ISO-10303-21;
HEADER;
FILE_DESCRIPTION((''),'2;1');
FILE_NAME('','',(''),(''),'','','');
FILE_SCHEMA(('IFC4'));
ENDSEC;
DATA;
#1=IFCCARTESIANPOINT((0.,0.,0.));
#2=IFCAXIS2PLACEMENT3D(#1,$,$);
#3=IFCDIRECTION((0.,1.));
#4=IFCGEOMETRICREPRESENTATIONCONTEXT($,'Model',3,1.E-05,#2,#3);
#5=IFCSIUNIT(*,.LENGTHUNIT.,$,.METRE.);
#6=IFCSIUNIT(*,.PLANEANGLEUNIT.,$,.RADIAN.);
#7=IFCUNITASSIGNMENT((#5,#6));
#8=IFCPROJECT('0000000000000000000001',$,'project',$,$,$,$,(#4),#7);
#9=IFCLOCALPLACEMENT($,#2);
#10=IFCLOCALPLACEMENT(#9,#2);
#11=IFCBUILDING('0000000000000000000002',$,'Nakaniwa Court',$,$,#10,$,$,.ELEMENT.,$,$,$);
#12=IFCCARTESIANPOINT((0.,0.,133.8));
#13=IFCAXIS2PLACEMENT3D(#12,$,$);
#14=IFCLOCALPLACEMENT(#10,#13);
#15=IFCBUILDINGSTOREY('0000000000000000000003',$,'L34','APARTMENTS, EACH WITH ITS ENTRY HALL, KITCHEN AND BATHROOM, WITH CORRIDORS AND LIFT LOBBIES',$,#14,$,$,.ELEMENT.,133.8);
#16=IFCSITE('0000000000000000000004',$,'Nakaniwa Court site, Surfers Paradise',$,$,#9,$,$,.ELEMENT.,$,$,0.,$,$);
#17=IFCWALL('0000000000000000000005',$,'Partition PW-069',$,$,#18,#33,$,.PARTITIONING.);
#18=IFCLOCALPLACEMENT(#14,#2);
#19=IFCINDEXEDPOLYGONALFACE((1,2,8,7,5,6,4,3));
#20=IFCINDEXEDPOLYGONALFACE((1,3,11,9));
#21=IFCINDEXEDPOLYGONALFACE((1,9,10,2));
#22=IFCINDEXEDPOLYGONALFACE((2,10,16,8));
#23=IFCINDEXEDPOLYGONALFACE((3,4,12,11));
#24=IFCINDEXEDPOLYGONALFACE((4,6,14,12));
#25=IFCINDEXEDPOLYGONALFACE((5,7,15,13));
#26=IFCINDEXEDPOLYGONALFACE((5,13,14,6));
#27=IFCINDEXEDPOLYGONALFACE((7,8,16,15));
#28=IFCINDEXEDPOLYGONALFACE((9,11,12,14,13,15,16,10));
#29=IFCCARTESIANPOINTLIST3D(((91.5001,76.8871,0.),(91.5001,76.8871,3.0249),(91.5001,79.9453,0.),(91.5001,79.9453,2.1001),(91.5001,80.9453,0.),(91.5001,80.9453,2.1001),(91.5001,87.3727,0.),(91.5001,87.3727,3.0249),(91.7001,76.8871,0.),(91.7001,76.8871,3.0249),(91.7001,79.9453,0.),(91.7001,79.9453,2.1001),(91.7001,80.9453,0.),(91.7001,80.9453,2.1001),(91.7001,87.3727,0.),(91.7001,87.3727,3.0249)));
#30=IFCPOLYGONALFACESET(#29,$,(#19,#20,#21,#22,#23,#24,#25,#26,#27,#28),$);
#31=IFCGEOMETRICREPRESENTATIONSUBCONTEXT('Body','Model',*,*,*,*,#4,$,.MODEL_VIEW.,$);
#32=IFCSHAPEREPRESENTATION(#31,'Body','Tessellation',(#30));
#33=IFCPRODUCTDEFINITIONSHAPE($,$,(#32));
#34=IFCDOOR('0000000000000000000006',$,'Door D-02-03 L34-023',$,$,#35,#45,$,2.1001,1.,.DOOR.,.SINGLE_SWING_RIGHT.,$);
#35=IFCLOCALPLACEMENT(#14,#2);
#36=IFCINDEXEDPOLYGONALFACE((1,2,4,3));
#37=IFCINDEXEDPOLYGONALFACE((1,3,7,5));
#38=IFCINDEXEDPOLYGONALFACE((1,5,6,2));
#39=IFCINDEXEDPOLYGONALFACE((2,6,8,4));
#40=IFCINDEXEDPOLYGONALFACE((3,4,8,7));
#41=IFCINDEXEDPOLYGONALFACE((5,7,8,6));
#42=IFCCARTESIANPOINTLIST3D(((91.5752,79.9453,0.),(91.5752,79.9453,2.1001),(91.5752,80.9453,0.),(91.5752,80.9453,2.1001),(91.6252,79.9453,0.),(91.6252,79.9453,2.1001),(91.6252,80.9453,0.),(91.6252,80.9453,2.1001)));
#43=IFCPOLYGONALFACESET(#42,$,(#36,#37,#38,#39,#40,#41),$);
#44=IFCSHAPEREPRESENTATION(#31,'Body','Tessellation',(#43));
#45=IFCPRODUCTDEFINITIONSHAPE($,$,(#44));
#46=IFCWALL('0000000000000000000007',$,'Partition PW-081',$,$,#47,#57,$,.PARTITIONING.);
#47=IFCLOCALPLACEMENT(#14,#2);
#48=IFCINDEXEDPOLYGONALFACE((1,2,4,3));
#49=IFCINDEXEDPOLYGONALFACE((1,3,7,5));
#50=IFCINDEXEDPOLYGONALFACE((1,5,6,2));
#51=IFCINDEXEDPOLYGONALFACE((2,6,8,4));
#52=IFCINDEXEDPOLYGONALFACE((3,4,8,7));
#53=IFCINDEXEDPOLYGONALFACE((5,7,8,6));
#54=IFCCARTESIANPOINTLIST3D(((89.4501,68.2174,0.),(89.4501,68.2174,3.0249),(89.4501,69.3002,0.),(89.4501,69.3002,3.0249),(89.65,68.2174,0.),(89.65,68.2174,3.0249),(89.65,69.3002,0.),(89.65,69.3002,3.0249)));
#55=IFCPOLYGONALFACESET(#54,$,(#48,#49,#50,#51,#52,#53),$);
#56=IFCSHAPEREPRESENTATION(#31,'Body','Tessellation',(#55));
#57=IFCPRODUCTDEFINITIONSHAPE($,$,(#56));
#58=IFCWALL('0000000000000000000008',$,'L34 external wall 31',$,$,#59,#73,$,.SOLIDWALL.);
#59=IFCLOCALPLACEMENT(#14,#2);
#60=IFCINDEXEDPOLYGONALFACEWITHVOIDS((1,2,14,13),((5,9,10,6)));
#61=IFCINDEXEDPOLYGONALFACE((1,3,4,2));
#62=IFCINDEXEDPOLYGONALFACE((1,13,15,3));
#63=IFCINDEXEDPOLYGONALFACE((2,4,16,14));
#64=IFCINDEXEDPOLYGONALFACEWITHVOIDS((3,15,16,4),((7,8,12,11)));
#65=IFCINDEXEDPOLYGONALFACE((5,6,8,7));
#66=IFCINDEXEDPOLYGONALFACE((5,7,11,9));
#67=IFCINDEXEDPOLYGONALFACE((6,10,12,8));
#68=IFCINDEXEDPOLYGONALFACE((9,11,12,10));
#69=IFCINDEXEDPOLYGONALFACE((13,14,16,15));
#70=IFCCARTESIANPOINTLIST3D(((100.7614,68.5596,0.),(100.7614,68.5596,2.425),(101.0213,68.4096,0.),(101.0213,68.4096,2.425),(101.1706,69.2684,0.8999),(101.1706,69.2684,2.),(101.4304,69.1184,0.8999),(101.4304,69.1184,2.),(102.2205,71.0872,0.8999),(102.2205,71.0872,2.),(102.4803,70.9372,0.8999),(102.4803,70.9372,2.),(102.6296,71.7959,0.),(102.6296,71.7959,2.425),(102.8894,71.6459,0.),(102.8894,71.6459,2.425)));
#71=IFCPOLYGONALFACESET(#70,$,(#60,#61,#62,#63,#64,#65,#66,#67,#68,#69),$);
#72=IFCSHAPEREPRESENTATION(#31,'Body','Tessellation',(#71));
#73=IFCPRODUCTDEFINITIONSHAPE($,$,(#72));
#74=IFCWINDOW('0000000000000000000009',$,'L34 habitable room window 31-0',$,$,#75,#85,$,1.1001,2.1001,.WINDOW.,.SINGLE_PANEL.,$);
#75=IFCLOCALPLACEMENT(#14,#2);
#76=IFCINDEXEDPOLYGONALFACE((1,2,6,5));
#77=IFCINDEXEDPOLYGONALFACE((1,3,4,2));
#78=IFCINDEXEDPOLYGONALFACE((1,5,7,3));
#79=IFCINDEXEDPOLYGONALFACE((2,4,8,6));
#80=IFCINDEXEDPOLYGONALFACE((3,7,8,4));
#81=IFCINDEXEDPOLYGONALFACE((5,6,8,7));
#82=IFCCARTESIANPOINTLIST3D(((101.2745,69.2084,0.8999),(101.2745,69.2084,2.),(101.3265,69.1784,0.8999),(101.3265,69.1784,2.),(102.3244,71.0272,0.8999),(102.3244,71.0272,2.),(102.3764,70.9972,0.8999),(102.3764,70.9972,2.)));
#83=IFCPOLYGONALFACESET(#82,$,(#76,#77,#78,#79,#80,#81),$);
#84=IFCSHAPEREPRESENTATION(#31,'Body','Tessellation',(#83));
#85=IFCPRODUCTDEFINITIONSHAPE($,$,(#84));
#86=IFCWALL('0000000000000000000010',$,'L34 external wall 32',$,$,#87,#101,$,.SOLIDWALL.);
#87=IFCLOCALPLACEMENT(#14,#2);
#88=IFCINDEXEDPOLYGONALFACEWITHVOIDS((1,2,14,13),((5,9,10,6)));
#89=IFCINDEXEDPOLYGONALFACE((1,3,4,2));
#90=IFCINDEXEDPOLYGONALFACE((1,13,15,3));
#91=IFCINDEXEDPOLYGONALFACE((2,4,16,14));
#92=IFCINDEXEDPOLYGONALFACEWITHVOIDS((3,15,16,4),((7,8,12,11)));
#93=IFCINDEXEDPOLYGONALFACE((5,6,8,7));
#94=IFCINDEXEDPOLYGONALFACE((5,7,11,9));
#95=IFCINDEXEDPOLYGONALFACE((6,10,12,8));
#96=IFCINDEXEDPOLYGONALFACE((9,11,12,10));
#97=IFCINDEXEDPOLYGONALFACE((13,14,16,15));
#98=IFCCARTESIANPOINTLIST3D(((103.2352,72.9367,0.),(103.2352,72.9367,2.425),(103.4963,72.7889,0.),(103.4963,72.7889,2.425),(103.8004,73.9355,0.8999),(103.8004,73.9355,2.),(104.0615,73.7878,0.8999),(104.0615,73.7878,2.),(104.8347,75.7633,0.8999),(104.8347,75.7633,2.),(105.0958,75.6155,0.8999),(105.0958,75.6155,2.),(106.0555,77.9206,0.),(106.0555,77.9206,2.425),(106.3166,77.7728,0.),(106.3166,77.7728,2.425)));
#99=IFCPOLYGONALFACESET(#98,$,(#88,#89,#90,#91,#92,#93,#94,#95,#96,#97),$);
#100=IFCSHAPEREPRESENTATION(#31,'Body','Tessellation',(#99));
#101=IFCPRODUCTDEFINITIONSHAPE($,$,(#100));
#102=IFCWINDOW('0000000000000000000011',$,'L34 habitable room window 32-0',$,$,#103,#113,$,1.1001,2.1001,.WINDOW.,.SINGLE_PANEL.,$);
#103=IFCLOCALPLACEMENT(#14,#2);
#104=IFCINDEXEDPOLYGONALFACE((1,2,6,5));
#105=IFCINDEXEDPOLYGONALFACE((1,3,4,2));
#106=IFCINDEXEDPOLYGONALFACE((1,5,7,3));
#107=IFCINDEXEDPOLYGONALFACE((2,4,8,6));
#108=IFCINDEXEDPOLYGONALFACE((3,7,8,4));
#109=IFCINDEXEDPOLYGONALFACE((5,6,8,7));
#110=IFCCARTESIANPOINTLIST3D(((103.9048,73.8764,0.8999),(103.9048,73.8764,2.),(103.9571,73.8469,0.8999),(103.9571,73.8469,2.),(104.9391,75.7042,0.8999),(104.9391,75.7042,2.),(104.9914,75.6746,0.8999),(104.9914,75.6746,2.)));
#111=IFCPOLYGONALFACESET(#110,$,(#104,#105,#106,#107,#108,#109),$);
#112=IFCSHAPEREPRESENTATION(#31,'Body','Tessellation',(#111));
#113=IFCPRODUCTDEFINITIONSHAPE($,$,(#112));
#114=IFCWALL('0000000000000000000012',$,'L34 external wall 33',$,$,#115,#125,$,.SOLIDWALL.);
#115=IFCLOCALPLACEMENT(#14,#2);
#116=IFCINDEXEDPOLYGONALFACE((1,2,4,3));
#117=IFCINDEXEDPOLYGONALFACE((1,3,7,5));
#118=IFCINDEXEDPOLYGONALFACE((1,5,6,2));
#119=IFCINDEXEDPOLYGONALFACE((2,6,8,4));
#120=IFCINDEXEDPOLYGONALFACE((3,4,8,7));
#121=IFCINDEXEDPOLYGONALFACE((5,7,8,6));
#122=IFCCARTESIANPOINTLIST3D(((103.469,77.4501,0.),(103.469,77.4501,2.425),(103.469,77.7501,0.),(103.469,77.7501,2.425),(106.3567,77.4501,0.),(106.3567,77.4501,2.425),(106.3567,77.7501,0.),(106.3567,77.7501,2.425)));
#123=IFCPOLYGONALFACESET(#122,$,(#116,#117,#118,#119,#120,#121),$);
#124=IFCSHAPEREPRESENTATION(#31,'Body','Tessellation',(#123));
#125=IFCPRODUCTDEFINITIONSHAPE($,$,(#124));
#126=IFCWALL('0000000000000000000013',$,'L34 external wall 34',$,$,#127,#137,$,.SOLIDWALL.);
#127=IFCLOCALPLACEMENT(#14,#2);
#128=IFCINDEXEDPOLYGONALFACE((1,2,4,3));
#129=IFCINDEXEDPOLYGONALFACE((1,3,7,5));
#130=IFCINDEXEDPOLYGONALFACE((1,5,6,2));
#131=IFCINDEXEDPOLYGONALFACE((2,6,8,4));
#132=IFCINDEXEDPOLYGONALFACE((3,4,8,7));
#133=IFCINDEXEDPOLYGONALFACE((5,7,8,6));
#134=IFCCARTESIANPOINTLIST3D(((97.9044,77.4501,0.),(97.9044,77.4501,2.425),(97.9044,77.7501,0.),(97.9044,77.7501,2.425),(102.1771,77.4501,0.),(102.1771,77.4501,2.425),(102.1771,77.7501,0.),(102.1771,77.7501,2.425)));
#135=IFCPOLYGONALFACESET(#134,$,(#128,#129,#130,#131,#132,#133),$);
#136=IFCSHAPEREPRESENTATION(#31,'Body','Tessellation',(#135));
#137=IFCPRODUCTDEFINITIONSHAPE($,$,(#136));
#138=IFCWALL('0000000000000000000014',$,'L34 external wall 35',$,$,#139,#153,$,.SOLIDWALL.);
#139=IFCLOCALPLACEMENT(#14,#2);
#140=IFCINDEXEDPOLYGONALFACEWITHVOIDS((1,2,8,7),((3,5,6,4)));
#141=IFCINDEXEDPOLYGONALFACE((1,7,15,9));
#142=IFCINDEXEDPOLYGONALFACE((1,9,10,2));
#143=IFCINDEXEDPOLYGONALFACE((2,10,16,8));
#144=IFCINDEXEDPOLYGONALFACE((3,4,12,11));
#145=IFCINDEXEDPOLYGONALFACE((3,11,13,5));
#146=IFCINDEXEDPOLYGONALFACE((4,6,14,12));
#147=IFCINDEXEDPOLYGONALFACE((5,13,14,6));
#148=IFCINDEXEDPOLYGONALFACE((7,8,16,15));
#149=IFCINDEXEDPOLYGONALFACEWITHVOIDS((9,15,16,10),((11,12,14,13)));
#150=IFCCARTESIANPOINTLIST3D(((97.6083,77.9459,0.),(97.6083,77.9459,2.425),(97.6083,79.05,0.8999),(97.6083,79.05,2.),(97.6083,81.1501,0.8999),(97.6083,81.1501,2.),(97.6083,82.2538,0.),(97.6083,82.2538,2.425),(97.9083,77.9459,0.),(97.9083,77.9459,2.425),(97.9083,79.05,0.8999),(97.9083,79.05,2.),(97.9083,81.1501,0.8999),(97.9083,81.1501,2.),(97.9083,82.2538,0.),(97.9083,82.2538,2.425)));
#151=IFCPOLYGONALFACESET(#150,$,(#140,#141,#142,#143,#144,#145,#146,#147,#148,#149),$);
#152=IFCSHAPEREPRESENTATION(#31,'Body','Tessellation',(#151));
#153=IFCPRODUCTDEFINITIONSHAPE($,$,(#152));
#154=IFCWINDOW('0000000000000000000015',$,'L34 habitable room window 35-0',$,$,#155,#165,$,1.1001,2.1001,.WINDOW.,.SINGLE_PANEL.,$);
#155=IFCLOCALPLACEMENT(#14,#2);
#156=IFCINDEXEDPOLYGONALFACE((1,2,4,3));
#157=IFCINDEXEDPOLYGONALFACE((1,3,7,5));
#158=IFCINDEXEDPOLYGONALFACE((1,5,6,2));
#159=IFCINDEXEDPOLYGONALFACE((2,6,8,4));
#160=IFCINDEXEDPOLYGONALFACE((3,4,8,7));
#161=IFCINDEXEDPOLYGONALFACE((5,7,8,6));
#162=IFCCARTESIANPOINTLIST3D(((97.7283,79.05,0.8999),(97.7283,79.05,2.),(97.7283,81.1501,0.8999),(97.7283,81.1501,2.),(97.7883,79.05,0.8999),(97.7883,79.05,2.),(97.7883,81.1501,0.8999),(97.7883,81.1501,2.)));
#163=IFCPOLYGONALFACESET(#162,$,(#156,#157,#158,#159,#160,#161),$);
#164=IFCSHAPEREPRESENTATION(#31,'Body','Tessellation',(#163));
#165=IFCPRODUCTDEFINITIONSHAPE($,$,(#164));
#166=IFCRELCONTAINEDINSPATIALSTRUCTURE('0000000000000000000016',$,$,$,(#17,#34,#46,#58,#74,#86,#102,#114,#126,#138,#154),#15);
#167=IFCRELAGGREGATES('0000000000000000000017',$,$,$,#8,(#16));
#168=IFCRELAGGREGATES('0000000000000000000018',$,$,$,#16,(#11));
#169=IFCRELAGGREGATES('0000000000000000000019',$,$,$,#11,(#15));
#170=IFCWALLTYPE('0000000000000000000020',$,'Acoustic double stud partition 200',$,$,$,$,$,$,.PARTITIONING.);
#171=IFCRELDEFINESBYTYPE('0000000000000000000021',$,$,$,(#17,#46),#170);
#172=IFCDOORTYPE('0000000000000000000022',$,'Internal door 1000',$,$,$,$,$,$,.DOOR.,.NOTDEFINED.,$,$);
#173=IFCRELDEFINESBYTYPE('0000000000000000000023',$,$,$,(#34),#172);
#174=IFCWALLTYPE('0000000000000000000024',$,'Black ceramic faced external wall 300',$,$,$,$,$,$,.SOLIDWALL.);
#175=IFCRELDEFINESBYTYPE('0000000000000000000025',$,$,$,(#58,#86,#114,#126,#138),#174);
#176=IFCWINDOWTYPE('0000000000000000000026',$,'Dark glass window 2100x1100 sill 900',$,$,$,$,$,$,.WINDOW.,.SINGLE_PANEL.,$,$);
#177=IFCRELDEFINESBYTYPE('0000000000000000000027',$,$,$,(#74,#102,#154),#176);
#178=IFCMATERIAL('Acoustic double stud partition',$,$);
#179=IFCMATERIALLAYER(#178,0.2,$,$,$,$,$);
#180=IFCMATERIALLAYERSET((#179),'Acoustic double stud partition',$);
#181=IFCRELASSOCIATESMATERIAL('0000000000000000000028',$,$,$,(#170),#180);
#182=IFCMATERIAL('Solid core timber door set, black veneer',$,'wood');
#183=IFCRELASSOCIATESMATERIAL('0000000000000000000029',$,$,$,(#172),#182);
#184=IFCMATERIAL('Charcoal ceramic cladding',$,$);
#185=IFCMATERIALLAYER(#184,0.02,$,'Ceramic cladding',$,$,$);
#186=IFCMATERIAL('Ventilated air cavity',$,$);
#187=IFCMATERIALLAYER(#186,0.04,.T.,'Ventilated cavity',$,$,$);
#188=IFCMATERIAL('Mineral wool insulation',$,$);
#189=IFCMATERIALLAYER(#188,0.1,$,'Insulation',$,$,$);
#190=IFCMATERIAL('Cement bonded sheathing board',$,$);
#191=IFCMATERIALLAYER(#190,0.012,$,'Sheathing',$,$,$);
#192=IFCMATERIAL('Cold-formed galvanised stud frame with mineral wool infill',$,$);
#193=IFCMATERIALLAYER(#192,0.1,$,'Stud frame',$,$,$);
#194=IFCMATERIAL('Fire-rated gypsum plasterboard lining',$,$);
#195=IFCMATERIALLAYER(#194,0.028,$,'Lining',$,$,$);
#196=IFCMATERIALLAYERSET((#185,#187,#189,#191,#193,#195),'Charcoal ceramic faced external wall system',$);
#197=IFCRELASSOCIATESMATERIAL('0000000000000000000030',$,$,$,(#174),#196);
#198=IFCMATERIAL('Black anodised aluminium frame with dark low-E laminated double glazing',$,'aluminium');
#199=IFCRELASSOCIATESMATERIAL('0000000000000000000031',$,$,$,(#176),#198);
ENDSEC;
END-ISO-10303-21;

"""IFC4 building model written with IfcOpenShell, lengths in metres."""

from ifc_helpers import new_model, si_unit, direction, frame, frame_2d, origin, place, context, subcontext, project, spatial, rectangle, extrude, material, layer, layer_set, type_object, element, fill, save


model = new_model("IFC4")

# Units and contexts
model_context = context("Model", 3, precision=1e-05, world=origin(), true_north=direction((0.0, 1.0)))
body_context = subcontext(model_context, "Body", "Model", "MODEL_VIEW")
ifc_project = project(units=[si_unit("LENGTHUNIT", "METRE"), si_unit("PLANEANGLEUNIT", "RADIAN")], contexts=[model_context])

# Site, building, storey
site_placement = place(None, origin())
site = spatial("IfcSite", under=ifc_project, at=site_placement, Name="Nakaniwa Court site, Surfers Paradise", CompositionType="ELEMENT", RefElevation=0.0)
building_placement = place(site_placement, origin())
building = spatial("IfcBuilding", under=site, at=building_placement, Name="Nakaniwa Court", CompositionType="ELEMENT")
storey_placement = place(building_placement, frame((0.0, 0.0, 133.8)))
storey = spatial("IfcBuildingStorey", under=building, at=storey_placement, Name="L34", Description="APARTMENTS, EACH WITH ITS ENTRY HALL, KITCHEN AND BATHROOM, WITH CORRIDORS AND LIFT LOBBIES", CompositionType="ELEMENT", Elevation=133.8)

# Shared definitions
ifc_material_1 = material(Name="Acoustic double stud partition")
ifc_layer_1 = layer(ifc_material_1, 0.2)
ifc_layer_set_1 = layer_set([ifc_layer_1], Name="Acoustic double stud partition")
wall_type_1 = type_object("IfcWallType", Name="Acoustic double stud partition 200", PredefinedType="PARTITIONING", material=ifc_layer_set_1)

# Wall, opening, door
wall_1_placement = place(storey_placement, frame((91.6001, 76.8872, 0.0), z_axis=(0.0, 0.0, 1.0), x_axis=(0.0, 1.0, 0.0)))
wall_1 = element("IfcWall", 1, at=wall_1_placement, inside=storey, type_object=wall_type_1, Name="Partition PW-069", PredefinedType="PARTITIONING", context=body_context, shape_type="SweptSolid", body=[
    extrude(rectangle(XDim=10.4856, YDim=0.2, at=frame_2d((5.2427, 0.0))), origin(), (0.0, 0.0, 1.0), 3.0249),
])
opening_1_placement = place(wall_1_placement, frame((3.0581, 0.0, 0.0)))
opening_1 = element("IfcOpeningElement", 2, at=opening_1_placement, cuts=wall_1, PredefinedType="OPENING", context=body_context, shape_type="SweptSolid", body=[
    extrude(rectangle(XDim=1.0, YDim=2.1001, at=frame_2d((0.5, 1.05))), frame((0.0, 0.1099, 0.0), z_axis=(0.0, -1.0, 0.0), x_axis=(1.0, 0.0, 0.0)), (0.0, 0.0, 1.0), 0.22),
])
ifc_material_2 = material(Name="Solid core timber door set, black veneer", Category="wood")
door_type = type_object("IfcDoorType", Name="Internal door 1000", OperationType="NOTDEFINED", PredefinedType="DOOR", material=ifc_material_2)
door_placement = place(opening_1_placement, origin())
door = element("IfcDoor", 3, at=door_placement, inside=storey, type_object=door_type, Name="Door D-02-03 L34-023", OperationType="SINGLE_SWING_RIGHT", OverallHeight=2.1001, OverallWidth=1.0, PredefinedType="DOOR", context=body_context, shape_type="SweptSolid", body=[
    extrude(rectangle(XDim=1.0, YDim=2.1001, at=frame_2d((0.5, 1.05))), frame((0.0, 0.0249, 0.0), z_axis=(0.0, -1.0, 0.0), x_axis=(1.0, 0.0, 0.0)), (0.0, 0.0, 1.0), 0.05),
])
fill(opening_1, door)

# Wall
wall_2_placement = place(storey_placement, frame((89.55, 68.2173, 0.0), z_axis=(0.0, 0.0, 1.0), x_axis=(0.0, 1.0, 0.0)))
element("IfcWall", 4, at=wall_2_placement, inside=storey, type_object=wall_type_1, Name="Partition PW-081", PredefinedType="PARTITIONING", context=body_context, shape_type="SweptSolid", body=[
    extrude(rectangle(XDim=1.0828, YDim=0.2, at=frame_2d((0.5415, 0.0))), origin(), (0.0, 0.0, 1.0), 3.0249),
])

# Walls, openings, windows
ifc_material_3 = material(Name="Charcoal ceramic cladding")
ifc_layer_2 = layer(ifc_material_3, 0.02, Name="Ceramic cladding")
ifc_material_4 = material(Name="Ventilated air cavity")
ifc_layer_3 = layer(ifc_material_4, 0.04, ventilated=True, Name="Ventilated cavity")
ifc_material_5 = material(Name="Mineral wool insulation")
ifc_layer_4 = layer(ifc_material_5, 0.1, Name="Insulation")
ifc_material_6 = material(Name="Cement bonded sheathing board")
ifc_layer_5 = layer(ifc_material_6, 0.012, Name="Sheathing")
ifc_material_7 = material(Name="Cold-formed galvanised stud frame with mineral wool infill")
ifc_layer_6 = layer(ifc_material_7, 0.1, Name="Stud frame")
ifc_material_8 = material(Name="Fire-rated gypsum plasterboard lining")
ifc_layer_7 = layer(ifc_material_8, 0.028, Name="Lining")
ifc_layer_set_2 = layer_set([ifc_layer_2, ifc_layer_3, ifc_layer_4, ifc_layer_5, ifc_layer_6, ifc_layer_7], Name="Charcoal ceramic faced external wall system")
wall_type_2 = type_object("IfcWallType", Name="Black ceramic faced external wall 300", PredefinedType="SOLIDWALL", material=ifc_layer_set_2)
wall_3_placement = place(storey_placement, frame((100.8914, 68.4846, 0.0), z_axis=(0.0, 0.0, 1.0), x_axis=(0.499934, 0.866064, 0.0)))
wall_3 = element("IfcWall", 5, at=wall_3_placement, inside=storey, type_object=wall_type_2, Name="L34 external wall 31", PredefinedType="SOLIDWALL", context=body_context, shape_type="SweptSolid", body=[
    extrude(rectangle(XDim=3.7368, YDim=0.3, at=frame_2d((1.8684, 0.0))), origin(), (0.0, 0.0, 1.0), 2.425),
])
opening_2_placement = place(wall_3_placement, frame((0.8184, 0.0, 0.8999)))
opening_2 = element("IfcOpeningElement", 6, at=opening_2_placement, cuts=wall_3, PredefinedType="OPENING", context=body_context, shape_type="SweptSolid", body=[
    extrude(rectangle(XDim=2.1001, YDim=1.1001, at=frame_2d((1.05, 0.55))), frame((0.0, 0.1599, 0.0), z_axis=(0.0, -1.0, 0.0), x_axis=(1.0, 0.0, 0.0)), (0.0, 0.0, 1.0), 0.3201),
])
ifc_material_9 = material(Name="Black anodised aluminium frame with dark low-E laminated double glazing", Category="aluminium")
window_type = type_object("IfcWindowType", Name="Dark glass window 2100x1100 sill 900", PartitioningType="SINGLE_PANEL", PredefinedType="WINDOW", material=ifc_material_9)
window_1_placement = place(opening_2_placement, origin())
window_1 = element("IfcWindow", 7, at=window_1_placement, inside=storey, type_object=window_type, Name="L34 habitable room window 31-0", OverallHeight=1.1001, OverallWidth=2.1001, PartitioningType="SINGLE_PANEL", PredefinedType="WINDOW", context=body_context, shape_type="SweptSolid", body=[
    extrude(rectangle(XDim=2.1001, YDim=1.1001, at=frame_2d((1.05, 0.55))), frame((0.0, 0.03, 0.0), z_axis=(0.0, -1.0, 0.0), x_axis=(1.0, 0.0, 0.0)), (0.0, 0.0, 1.0), 0.0601),
])
fill(opening_2, window_1)
wall_4_placement = place(storey_placement, frame((103.3657, 72.8628, 0.0), z_axis=(0.0, 0.0, 1.0), x_axis=(0.492498, 0.870313, 0.0)))
wall_4 = element("IfcWall", 8, at=wall_4_placement, inside=storey, type_object=wall_type_2, Name="L34 external wall 32", PredefinedType="SOLIDWALL", context=body_context, shape_type="SweptSolid", body=[
    extrude(rectangle(XDim=5.7266, YDim=0.3, at=frame_2d((2.8633, 0.0))), origin(), (0.0, 0.0, 1.0), 2.425),
])
opening_3_placement = place(wall_4_placement, frame((1.1477, 0.0, 0.8999)))
opening_3 = element("IfcOpeningElement", 9, at=opening_3_placement, cuts=wall_4, PredefinedType="OPENING", context=body_context, shape_type="SweptSolid", body=[
    extrude(rectangle(XDim=2.1001, YDim=1.1001, at=frame_2d((1.05, 0.55))), frame((0.0, 0.1599, 0.0), z_axis=(0.0, -1.0, 0.0), x_axis=(1.0, 0.0, 0.0)), (0.0, 0.0, 1.0), 0.3201),
])
window_2_placement = place(opening_3_placement, origin())
window_2 = element("IfcWindow", 10, at=window_2_placement, inside=storey, type_object=window_type, Name="L34 habitable room window 32-0", OverallHeight=1.1001, OverallWidth=2.1001, PartitioningType="SINGLE_PANEL", PredefinedType="WINDOW", context=body_context, shape_type="SweptSolid", body=[
    extrude(rectangle(XDim=2.1001, YDim=1.1001, at=frame_2d((1.05, 0.55))), frame((0.0, 0.03, 0.0), z_axis=(0.0, -1.0, 0.0), x_axis=(1.0, 0.0, 0.0)), (0.0, 0.0, 1.0), 0.0601),
])
fill(opening_3, window_2)

# Walls
wall_5_placement = place(storey_placement, frame((106.3567, 77.6001, 0.0), z_axis=(0.0, 0.0, 1.0), x_axis=(-1.0, 0.0, 0.0)))
element("IfcWall", 11, at=wall_5_placement, inside=storey, type_object=wall_type_2, Name="L34 external wall 33", PredefinedType="SOLIDWALL", context=body_context, shape_type="SweptSolid", body=[
    extrude(rectangle(XDim=2.8877, YDim=0.3, at=frame_2d((1.4438, 0.0))), origin(), (0.0, 0.0, 1.0), 2.425),
])
wall_6_placement = place(storey_placement, frame((102.177, 77.6001, 0.0), z_axis=(0.0, 0.0, 1.0), x_axis=(-1.0, 0.0, 0.0)))
element("IfcWall", 12, at=wall_6_placement, inside=storey, type_object=wall_type_2, Name="L34 external wall 34", PredefinedType="SOLIDWALL", context=body_context, shape_type="SweptSolid", body=[
    extrude(rectangle(XDim=4.2727, YDim=0.3, at=frame_2d((2.1362, 0.0))), origin(), (0.0, 0.0, 1.0), 2.425),
])

# Wall, opening, window
wall_7_placement = place(storey_placement, frame((97.7583, 77.946, 0.0), z_axis=(0.0, 0.0, 1.0), x_axis=(0.0, 1.0, 0.0)))
wall_7 = element("IfcWall", 13, at=wall_7_placement, inside=storey, type_object=wall_type_2, Name="L34 external wall 35", PredefinedType="SOLIDWALL", context=body_context, shape_type="SweptSolid", body=[
    extrude(rectangle(XDim=4.3079, YDim=0.3, at=frame_2d((2.1538, 0.0))), origin(), (0.0, 0.0, 1.0), 2.425),
])
opening_4_placement = place(wall_7_placement, frame((1.104, 0.0, 0.8999)))
opening_4 = element("IfcOpeningElement", 14, at=opening_4_placement, cuts=wall_7, PredefinedType="OPENING", context=body_context, shape_type="SweptSolid", body=[
    extrude(rectangle(XDim=2.1001, YDim=1.1001, at=frame_2d((1.05, 0.55))), frame((0.0, 0.1599, 0.0), z_axis=(0.0, -1.0, 0.0), x_axis=(1.0, 0.0, 0.0)), (0.0, 0.0, 1.0), 0.3201),
])
window_3_placement = place(opening_4_placement, origin())
window_3 = element("IfcWindow", 15, at=window_3_placement, inside=storey, type_object=window_type, Name="L34 habitable room window 35-0", OverallHeight=1.1001, OverallWidth=2.1001, PartitioningType="SINGLE_PANEL", PredefinedType="WINDOW", context=body_context, shape_type="SweptSolid", body=[
    extrude(rectangle(XDim=2.1001, YDim=1.1001, at=frame_2d((1.05, 0.55))), frame((0.0, 0.03, 0.0), z_axis=(0.0, -1.0, 0.0), x_axis=(1.0, 0.0, 0.0)), (0.0, 0.0, 1.0), 0.0601),
])
fill(opening_4, window_3)

save(model, "model.ifc")
